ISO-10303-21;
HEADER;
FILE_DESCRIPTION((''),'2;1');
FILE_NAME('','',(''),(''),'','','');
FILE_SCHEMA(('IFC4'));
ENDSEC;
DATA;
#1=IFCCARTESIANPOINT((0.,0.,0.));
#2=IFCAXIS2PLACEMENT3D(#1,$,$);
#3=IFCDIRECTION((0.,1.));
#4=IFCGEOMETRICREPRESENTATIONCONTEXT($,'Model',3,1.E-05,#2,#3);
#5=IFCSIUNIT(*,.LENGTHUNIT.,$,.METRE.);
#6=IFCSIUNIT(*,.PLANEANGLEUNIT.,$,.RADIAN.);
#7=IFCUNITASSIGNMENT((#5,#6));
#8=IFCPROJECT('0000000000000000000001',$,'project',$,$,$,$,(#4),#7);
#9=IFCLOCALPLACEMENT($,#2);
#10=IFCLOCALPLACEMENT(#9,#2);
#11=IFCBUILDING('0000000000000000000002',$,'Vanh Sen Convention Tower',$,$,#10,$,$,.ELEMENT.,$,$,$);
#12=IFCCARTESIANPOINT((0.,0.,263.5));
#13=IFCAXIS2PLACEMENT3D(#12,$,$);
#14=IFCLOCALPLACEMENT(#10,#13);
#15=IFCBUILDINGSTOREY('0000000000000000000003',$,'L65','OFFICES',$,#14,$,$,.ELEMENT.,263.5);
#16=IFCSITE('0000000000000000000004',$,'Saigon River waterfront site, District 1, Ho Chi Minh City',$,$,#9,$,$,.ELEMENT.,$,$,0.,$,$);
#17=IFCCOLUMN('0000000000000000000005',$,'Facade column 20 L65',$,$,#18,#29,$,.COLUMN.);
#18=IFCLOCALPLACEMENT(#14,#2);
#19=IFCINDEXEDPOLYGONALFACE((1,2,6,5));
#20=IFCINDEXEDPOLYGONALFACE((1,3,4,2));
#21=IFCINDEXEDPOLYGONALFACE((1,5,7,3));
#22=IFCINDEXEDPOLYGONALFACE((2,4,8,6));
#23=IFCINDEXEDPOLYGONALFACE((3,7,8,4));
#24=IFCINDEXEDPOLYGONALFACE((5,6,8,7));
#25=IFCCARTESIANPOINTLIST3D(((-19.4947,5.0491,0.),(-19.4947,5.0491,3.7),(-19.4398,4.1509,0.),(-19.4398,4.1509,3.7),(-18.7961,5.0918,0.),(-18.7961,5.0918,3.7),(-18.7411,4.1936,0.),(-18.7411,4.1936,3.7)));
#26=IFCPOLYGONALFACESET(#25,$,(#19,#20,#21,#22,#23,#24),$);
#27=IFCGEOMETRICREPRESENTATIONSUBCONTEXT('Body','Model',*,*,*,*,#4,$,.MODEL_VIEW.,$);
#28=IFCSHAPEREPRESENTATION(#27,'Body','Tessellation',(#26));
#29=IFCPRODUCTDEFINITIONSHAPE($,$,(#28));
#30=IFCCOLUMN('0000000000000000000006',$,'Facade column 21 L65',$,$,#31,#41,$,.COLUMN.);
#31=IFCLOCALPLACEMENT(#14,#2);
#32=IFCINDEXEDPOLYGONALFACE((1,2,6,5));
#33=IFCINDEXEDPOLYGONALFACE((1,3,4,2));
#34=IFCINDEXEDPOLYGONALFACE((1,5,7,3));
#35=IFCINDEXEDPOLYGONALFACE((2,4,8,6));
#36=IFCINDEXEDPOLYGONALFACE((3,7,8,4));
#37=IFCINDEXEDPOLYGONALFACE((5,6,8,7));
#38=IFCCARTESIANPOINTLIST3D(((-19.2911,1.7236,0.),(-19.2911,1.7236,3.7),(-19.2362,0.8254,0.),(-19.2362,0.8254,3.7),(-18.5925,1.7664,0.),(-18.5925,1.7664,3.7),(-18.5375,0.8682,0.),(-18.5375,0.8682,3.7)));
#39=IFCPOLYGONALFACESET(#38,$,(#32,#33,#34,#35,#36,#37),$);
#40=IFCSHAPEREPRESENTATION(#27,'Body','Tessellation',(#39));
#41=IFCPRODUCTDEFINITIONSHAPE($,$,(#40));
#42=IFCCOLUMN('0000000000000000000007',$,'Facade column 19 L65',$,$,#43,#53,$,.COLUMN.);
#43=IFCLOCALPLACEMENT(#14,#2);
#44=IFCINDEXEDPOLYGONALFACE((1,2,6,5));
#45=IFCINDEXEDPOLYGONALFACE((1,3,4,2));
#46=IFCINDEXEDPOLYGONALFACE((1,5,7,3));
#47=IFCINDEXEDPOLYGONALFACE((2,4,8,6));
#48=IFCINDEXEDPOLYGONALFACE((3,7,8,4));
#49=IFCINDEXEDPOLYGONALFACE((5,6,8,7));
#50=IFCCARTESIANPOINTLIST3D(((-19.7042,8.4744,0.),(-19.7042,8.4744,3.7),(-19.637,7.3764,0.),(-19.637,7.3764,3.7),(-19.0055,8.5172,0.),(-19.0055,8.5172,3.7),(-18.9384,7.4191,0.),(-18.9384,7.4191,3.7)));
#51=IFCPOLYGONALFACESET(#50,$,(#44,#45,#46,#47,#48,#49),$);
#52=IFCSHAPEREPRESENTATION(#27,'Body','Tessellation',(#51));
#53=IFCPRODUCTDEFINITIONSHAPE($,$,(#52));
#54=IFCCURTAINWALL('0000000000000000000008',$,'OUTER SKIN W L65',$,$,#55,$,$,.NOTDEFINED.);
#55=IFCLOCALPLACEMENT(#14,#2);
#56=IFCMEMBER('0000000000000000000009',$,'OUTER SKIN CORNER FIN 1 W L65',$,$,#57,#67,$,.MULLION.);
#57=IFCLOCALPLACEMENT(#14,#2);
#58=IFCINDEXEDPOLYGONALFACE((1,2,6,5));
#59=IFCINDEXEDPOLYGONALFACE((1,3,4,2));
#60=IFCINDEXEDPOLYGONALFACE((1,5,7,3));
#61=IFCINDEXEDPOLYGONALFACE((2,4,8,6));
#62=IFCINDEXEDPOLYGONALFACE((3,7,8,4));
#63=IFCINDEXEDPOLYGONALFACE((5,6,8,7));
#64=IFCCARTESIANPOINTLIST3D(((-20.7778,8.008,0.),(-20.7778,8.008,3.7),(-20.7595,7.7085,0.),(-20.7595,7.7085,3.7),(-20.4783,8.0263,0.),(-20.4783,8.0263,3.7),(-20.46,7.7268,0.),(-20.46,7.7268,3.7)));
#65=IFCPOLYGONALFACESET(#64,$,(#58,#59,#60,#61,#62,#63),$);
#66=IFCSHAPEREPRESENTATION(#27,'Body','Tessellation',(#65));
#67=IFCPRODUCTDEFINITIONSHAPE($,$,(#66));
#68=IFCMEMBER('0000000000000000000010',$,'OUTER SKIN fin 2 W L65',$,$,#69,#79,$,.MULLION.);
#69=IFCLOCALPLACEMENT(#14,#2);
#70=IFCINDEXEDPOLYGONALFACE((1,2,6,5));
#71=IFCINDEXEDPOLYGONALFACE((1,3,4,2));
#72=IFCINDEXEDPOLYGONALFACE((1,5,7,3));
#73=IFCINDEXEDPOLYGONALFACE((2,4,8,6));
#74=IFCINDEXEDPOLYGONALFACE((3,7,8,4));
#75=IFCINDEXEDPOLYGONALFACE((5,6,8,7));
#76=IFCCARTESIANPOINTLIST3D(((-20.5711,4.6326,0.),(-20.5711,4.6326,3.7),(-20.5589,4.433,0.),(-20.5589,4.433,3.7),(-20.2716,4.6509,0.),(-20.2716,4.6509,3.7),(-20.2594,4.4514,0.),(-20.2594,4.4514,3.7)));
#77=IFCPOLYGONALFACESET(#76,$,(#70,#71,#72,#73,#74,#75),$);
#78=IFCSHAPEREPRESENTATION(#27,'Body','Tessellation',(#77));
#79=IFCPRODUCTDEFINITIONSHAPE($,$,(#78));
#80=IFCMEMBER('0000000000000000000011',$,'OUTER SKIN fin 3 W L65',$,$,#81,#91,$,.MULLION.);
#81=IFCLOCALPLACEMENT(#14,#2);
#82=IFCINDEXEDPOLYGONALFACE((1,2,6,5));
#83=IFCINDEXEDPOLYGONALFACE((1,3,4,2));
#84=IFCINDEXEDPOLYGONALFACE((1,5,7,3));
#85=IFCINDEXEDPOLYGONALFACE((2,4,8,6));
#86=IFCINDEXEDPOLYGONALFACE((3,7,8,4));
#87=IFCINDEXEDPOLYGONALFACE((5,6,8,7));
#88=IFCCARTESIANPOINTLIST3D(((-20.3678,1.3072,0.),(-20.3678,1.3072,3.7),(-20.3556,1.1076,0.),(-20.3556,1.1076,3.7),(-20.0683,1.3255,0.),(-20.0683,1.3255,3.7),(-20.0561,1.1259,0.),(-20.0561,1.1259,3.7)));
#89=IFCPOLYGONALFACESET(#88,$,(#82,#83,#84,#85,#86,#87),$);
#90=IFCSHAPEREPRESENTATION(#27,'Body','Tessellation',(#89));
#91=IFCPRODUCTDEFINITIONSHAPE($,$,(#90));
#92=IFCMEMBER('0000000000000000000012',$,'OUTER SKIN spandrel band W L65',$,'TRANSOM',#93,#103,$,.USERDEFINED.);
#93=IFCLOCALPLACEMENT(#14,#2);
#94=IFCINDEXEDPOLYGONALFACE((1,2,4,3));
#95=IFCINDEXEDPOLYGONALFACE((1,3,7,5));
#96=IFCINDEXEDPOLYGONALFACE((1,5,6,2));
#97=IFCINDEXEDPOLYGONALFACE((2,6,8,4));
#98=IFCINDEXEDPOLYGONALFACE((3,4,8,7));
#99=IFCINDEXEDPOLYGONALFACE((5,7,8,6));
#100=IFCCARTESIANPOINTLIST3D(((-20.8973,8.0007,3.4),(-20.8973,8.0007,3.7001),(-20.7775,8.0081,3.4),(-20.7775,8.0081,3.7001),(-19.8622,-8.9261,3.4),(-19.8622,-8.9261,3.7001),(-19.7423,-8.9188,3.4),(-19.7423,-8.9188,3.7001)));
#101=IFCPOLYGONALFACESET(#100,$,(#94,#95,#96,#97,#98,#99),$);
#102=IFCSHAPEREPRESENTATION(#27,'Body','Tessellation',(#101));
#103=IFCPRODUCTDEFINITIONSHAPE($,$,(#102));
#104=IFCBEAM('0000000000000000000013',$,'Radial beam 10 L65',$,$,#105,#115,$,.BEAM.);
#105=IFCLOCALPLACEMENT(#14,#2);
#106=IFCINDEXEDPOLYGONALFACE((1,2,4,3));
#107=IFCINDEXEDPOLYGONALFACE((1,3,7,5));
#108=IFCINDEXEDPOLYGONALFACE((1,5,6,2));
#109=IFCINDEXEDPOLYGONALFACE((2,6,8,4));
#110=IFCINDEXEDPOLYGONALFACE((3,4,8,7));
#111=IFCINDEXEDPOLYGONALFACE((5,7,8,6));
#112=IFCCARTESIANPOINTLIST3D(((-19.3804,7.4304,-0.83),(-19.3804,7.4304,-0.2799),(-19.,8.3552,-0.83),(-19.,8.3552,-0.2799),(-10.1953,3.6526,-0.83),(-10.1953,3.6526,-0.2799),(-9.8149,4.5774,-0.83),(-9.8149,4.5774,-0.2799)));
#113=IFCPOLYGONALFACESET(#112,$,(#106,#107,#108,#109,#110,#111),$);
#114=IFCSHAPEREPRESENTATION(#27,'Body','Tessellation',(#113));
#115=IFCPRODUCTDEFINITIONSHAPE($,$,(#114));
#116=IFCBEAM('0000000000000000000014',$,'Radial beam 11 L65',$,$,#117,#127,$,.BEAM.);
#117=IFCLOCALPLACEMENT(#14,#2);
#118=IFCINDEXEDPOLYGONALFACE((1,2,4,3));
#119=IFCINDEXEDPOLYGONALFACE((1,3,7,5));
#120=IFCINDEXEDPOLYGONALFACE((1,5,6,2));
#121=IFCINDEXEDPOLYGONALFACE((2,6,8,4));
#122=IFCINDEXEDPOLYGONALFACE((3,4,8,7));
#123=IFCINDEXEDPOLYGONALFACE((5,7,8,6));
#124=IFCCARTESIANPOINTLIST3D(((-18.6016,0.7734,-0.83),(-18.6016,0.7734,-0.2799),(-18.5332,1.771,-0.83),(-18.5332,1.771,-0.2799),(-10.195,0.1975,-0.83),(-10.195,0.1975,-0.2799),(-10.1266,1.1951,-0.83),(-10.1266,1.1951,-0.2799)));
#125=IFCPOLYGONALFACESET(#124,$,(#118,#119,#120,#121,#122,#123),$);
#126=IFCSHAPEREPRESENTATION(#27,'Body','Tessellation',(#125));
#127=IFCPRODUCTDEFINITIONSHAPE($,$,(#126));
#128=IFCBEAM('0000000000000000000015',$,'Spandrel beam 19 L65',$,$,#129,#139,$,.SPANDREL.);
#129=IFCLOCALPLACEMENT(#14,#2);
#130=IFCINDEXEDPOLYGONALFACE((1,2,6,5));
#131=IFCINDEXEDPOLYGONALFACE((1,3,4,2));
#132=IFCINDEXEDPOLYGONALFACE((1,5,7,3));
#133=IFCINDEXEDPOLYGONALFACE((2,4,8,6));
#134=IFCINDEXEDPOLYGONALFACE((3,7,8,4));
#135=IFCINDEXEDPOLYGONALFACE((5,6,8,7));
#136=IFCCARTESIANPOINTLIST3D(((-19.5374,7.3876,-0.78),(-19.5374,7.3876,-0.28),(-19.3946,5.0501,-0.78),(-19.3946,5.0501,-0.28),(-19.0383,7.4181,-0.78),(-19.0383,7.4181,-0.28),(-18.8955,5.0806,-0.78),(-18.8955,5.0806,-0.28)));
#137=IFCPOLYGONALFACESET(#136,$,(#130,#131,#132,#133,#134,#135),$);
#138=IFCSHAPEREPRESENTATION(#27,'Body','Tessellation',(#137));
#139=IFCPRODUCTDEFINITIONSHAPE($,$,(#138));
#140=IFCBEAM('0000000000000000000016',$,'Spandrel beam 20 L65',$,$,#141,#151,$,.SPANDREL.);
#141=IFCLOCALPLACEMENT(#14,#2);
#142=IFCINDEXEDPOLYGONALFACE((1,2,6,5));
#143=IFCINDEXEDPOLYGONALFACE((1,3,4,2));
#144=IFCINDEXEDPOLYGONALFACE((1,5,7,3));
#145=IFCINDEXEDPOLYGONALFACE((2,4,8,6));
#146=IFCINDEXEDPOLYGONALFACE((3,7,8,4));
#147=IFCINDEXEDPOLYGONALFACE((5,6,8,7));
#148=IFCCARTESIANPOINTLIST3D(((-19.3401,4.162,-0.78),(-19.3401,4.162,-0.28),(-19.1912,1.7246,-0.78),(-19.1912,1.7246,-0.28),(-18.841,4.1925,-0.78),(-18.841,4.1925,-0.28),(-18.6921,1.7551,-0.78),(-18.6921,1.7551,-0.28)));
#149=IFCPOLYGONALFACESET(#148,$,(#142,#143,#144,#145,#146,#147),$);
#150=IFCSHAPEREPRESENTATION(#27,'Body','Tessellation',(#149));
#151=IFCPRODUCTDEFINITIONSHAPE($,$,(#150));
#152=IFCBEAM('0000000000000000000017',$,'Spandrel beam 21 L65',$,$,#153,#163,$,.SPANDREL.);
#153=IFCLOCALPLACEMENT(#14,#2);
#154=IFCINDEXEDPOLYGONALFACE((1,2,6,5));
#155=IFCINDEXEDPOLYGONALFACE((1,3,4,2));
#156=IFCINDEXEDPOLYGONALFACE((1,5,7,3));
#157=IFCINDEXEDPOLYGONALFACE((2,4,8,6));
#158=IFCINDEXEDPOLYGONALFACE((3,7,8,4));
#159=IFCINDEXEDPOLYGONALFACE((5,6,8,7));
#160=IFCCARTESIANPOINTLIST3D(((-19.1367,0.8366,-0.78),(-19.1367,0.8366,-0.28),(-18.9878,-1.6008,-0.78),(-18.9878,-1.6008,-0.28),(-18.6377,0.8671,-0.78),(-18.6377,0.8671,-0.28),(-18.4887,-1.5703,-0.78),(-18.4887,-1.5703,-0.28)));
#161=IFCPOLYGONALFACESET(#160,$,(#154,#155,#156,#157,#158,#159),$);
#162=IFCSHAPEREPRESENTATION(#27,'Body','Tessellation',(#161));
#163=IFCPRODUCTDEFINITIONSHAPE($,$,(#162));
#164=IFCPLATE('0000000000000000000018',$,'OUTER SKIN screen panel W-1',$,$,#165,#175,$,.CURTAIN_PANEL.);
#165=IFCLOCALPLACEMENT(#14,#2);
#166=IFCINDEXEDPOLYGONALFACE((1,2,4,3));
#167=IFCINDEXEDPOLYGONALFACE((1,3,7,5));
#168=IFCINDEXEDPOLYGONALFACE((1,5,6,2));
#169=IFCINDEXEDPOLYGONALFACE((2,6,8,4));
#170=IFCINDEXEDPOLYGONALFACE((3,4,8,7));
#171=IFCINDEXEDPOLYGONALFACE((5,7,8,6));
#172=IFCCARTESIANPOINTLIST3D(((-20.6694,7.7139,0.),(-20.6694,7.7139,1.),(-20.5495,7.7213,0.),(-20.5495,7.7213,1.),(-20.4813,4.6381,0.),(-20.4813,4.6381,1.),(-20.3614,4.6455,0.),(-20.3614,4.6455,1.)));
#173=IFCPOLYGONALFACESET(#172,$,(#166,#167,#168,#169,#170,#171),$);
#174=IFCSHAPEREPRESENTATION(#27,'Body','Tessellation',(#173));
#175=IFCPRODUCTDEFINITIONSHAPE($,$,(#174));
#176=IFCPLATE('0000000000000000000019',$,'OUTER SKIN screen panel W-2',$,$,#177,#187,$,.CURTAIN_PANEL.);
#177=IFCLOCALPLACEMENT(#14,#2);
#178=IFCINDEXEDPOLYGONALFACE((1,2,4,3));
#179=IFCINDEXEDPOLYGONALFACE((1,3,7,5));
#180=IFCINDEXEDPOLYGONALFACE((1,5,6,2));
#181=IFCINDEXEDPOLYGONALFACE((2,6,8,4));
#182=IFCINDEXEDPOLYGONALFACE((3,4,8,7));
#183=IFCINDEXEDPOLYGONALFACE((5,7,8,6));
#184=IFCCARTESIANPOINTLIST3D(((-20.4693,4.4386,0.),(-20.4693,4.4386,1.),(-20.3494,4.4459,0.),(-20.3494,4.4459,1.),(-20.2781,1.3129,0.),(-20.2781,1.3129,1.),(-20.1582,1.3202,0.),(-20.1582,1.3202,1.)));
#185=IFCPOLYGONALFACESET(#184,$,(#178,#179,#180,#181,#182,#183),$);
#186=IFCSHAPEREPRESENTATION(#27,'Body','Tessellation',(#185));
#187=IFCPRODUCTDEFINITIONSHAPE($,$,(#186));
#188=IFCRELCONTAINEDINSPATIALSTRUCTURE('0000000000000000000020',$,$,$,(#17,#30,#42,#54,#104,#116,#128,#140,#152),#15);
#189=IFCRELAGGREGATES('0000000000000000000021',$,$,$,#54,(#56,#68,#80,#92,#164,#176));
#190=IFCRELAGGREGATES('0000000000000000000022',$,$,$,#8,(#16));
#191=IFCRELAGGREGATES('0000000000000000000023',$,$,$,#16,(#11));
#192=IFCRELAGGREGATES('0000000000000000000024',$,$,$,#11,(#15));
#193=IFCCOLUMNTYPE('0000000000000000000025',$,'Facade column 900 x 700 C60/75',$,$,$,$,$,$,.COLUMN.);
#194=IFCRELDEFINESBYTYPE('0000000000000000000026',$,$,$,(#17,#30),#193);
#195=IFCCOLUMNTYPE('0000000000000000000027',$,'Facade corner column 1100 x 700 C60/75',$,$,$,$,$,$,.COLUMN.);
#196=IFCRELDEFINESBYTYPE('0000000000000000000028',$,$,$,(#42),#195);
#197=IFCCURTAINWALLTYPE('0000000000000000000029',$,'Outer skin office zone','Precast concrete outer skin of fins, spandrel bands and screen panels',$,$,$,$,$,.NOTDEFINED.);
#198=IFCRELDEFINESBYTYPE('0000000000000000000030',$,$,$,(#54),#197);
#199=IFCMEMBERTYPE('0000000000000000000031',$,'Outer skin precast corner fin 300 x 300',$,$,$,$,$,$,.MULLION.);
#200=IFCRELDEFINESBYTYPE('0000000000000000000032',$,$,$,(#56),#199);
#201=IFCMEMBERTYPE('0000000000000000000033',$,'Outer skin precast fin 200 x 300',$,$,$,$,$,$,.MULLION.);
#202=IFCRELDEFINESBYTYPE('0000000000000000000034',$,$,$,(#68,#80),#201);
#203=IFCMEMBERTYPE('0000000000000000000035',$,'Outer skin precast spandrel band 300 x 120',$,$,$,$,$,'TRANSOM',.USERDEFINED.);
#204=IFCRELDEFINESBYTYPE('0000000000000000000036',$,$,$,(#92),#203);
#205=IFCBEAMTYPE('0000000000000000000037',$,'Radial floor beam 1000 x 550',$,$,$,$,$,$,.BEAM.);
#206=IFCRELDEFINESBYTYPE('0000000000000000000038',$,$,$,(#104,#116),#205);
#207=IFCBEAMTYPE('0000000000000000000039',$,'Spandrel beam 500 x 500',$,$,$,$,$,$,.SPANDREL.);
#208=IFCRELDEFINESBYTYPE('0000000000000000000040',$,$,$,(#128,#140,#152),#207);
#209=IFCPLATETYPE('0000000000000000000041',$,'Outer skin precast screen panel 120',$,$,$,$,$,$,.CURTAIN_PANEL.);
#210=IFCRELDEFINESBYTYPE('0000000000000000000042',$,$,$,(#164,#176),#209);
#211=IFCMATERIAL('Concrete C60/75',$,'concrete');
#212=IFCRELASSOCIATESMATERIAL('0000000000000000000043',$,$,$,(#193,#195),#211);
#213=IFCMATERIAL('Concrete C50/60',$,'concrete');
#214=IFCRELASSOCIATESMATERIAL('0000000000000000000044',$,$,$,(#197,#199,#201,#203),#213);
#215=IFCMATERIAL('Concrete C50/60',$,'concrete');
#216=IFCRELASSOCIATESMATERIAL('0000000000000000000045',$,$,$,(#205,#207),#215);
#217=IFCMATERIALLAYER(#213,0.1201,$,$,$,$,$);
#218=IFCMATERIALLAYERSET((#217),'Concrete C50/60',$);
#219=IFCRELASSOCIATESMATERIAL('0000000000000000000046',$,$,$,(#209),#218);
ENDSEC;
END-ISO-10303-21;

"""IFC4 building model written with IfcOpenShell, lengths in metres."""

from ifc_helpers import new_model, si_unit, direction, frame, origin, origin_2d, place, context, subcontext, project, spatial, rectangle, extrude, material, layer, layer_set, material_profile, profile_set, type_object, element, aggregate, save


model = new_model("IFC4")

# Units and contexts
model_context = context("Model", 3, precision=1e-05, world=origin(), true_north=direction((0.0, 1.0)))
body_context = subcontext(model_context, "Body", "Model", "MODEL_VIEW")
ifc_project = project(units=[si_unit("LENGTHUNIT", "METRE"), si_unit("PLANEANGLEUNIT", "RADIAN")], contexts=[model_context])

# Site, building, storey
site_placement = place(None, origin())
site = spatial("IfcSite", under=ifc_project, at=site_placement, Name="Saigon River waterfront site, District 1, Ho Chi Minh City", CompositionType="ELEMENT", RefElevation=0.0)
building_placement = place(site_placement, origin())
building = spatial("IfcBuilding", under=site, at=building_placement, Name="Vanh Sen Convention Tower", CompositionType="ELEMENT")
storey_placement = place(building_placement, frame((0.0, 0.0, 263.5)))
storey = spatial("IfcBuildingStorey", under=building, at=storey_placement, Name="L65", Description="OFFICES", CompositionType="ELEMENT", Elevation=263.5)

# Columns
ifc_material_1 = material(Name="Concrete C60/75", Category="concrete")
ifc_material_profile_1 = material_profile(ifc_material_1, rectangle(XDim=0.8999, YDim=0.7, at=origin_2d()), Name="RC 900X700")
ifc_profile_set_1 = profile_set([ifc_material_profile_1], Name="Concrete C60/75")
column_type_1 = type_object("IfcColumnType", Name="Facade column 900 x 700 C60/75", PredefinedType="COLUMN", material=ifc_profile_set_1)
for number, where, z_axis, x_axis, name in (
    (1, (-19.1179, 4.6213, 0.0), (0.0, 0.0, 1.0), (0.061049, -0.998135, 0.0), "Facade column 20 L65"),
    (2, (-18.9143, 1.2959, 0.0), (0.0, 0.0, 1.0), (0.061049, -0.998135, 0.0), "Facade column 21 L65"),
):
    element("IfcColumn", number, at=place(storey_placement, frame(where, z_axis=z_axis, x_axis=x_axis)), inside=storey, type_object=column_type_1, Name=name, PredefinedType="COLUMN", context=body_context, shape_type="SweptSolid", body=[
        extrude(rectangle(XDim=0.8999, YDim=0.7, at=origin_2d()), origin(), (0.0, 0.0, 1.0), 3.7),
    ])
ifc_material_profile_2 = material_profile(ifc_material_1, rectangle(XDim=1.1001, YDim=0.7, at=origin_2d()), Name="RC 1100X700")
ifc_profile_set_2 = profile_set([ifc_material_profile_2], Name="Concrete C60/75")
column_type_2 = type_object("IfcColumnType", Name="Facade corner column 1100 x 700 C60/75", PredefinedType="COLUMN", material=ifc_profile_set_2)
column_placement = place(storey_placement, frame((-19.3213, 7.9468, 0.0), z_axis=(0.0, 0.0, 1.0), x_axis=(0.061049, -0.998135, 0.0)))
element("IfcColumn", 3, at=column_placement, inside=storey, type_object=column_type_2, Name="Facade column 19 L65", PredefinedType="COLUMN", context=body_context, shape_type="SweptSolid", body=[
    extrude(rectangle(XDim=1.1001, YDim=0.7, at=origin_2d()), origin(), (0.0, 0.0, 1.0), 3.7),
])

# Curtain wall, members
ifc_material_2 = material(Name="Concrete C50/60", Category="concrete")
curtain_wall_type = type_object("IfcCurtainWallType", Name="Outer skin office zone", Description="Precast concrete outer skin of fins, spandrel bands and screen panels", PredefinedType="NOTDEFINED", material=ifc_material_2)
curtain_wall_placement = place(storey_placement, origin())
curtain_wall = element("IfcCurtainWall", 4, at=curtain_wall_placement, inside=storey, type_object=curtain_wall_type, Name="OUTER SKIN W L65", PredefinedType="NOTDEFINED")
ifc_material_profile_3 = material_profile(ifc_material_2, rectangle(XDim=0.3, YDim=0.3, at=origin_2d()), Name="Outer skin precast corner fin 300 x 300")
ifc_profile_set_3 = profile_set([ifc_material_profile_3], Name="Concrete C50/60")
member_type_1 = type_object("IfcMemberType", Name="Outer skin precast corner fin 300 x 300", PredefinedType="MULLION", material=ifc_profile_set_3)
member_1_placement = place(storey_placement, frame((-20.6189, 7.8674, 0.0), z_axis=(0.0, 0.0, 1.0), x_axis=(0.061049, -0.998135, 0.0)))
member_1 = element("IfcMember", 5, at=member_1_placement, type_object=member_type_1, Name="OUTER SKIN CORNER FIN 1 W L65", PredefinedType="MULLION", context=body_context, shape_type="SweptSolid", body=[
    extrude(rectangle(XDim=0.3, YDim=0.3, at=origin_2d()), origin(), (0.0, 0.0, 1.0), 3.7),
])
ifc_material_profile_4 = material_profile(ifc_material_2, rectangle(XDim=0.2, YDim=0.3, at=origin_2d()), Name="Outer skin precast fin 200 x 300")
ifc_profile_set_4 = profile_set([ifc_material_profile_4], Name="Concrete C50/60")
member_type_2 = type_object("IfcMemberType", Name="Outer skin precast fin 200 x 300", PredefinedType="MULLION", material=ifc_profile_set_4)
member_2_placement = place(storey_placement, frame((-20.4153, 4.542, 0.0), z_axis=(0.0, 0.0, 1.0), x_axis=(0.061049, -0.998135, 0.0)))
member_2 = element("IfcMember", 6, at=member_2_placement, type_object=member_type_2, Name="OUTER SKIN fin 2 W L65", PredefinedType="MULLION", context=body_context, shape_type="SweptSolid", body=[
    extrude(rectangle(XDim=0.2, YDim=0.3, at=origin_2d()), origin(), (0.0, 0.0, 1.0), 3.7),
])
member_3_placement = place(storey_placement, frame((-20.2119, 1.2166, 0.0), z_axis=(0.0, 0.0, 1.0), x_axis=(0.061049, -0.998135, 0.0)))
member_3 = element("IfcMember", 7, at=member_3_placement, type_object=member_type_2, Name="OUTER SKIN fin 3 W L65", PredefinedType="MULLION", context=body_context, shape_type="SweptSolid", body=[
    extrude(rectangle(XDim=0.2, YDim=0.3, at=origin_2d()), origin(), (0.0, 0.0, 1.0), 3.7),
])
ifc_material_profile_5 = material_profile(ifc_material_2, rectangle(XDim=0.1201, YDim=0.3, at=origin_2d()), Name="Outer skin precast spandrel band 300 x 120")
ifc_profile_set_5 = profile_set([ifc_material_profile_5], Name="Concrete C50/60")
member_type_3 = type_object("IfcMemberType", Name="Outer skin precast spandrel band 300 x 120", ElementType="TRANSOM", PredefinedType="USERDEFINED", material=ifc_profile_set_5)
member_4_placement = place(storey_placement, frame((-20.8374, 8.0044, 3.55), z_axis=(0.061041, -0.998135, 0.0), x_axis=(0.998135, 0.061041, 0.0)))
member_4 = element("IfcMember", 8, at=member_4_placement, type_object=member_type_3, Name="OUTER SKIN spandrel band W L65", ObjectType="TRANSOM", PredefinedType="USERDEFINED", context=body_context, shape_type="SweptSolid", body=[
    extrude(rectangle(XDim=0.1201, YDim=0.3, at=origin_2d()), origin(), (0.0, 0.0, 1.0), 16.9585),
])

# Beams
ifc_material_3 = material(Name="Concrete C50/60", Category="concrete")
ifc_material_profile_6 = material_profile(ifc_material_3, rectangle(XDim=1.0, YDim=0.55, at=origin_2d()), Name="RC 1000X550")
ifc_profile_set_6 = profile_set([ifc_material_profile_6], Name="Concrete C50/60")
beam_type_1 = type_object("IfcBeamType", Name="Radial floor beam 1000 x 550", PredefinedType="BEAM", material=ifc_profile_set_6)
beam_1_placement = place(storey_placement, frame((-19.1902, 7.8928, -0.5549), z_axis=(0.924829, -0.380384, 0.0), x_axis=(0.380384, 0.924829, 0.0)))
element("IfcBeam", 9, at=beam_1_placement, inside=storey, type_object=beam_type_1, Name="Radial beam 10 L65", PredefinedType="BEAM", context=body_context, shape_type="SweptSolid", body=[
    extrude(rectangle(XDim=1.0, YDim=0.55, at=origin_2d()), origin(), (0.0, 0.0, 1.0), 9.9316),
])
beam_2_placement = place(storey_placement, frame((-18.5674, 1.2722, -0.5549), z_axis=(0.997661, -0.06835, 0.0), x_axis=(0.06835, 0.997661, 0.0)))
element("IfcBeam", 10, at=beam_2_placement, inside=storey, type_object=beam_type_1, Name="Radial beam 11 L65", PredefinedType="BEAM", context=body_context, shape_type="SweptSolid", body=[
    extrude(rectangle(XDim=1.0, YDim=0.55, at=origin_2d()), origin(), (0.0, 0.0, 1.0), 8.4263),
])
ifc_material_profile_7 = material_profile(ifc_material_3, rectangle(XDim=0.5, YDim=0.5, at=origin_2d()), Name="RC 500X500")
ifc_profile_set_7 = profile_set([ifc_material_profile_7], Name="Concrete C50/60")
beam_type_2 = type_object("IfcBeamType", Name="Spandrel beam 500 x 500", PredefinedType="SPANDREL", material=ifc_profile_set_7)
beam_3_placement = place(storey_placement, frame((-19.2878, 7.4028, -0.53), z_axis=(0.060989, -0.998138, 0.0), x_axis=(0.998138, 0.060989, 0.0)))
element("IfcBeam", 11, at=beam_3_placement, inside=storey, type_object=beam_type_2, Name="Spandrel beam 19 L65", PredefinedType="SPANDREL", context=body_context, shape_type="SweptSolid", body=[
    extrude(rectangle(XDim=0.5, YDim=0.5, at=origin_2d()), origin(), (0.0, 0.0, 1.0), 2.3418),
])
for number, where, z_axis, x_axis, name in (
    (12, (-19.0906, 4.1772, -0.53), (0.06099, -0.998138, 0.0), (0.998138, 0.06099, 0.0), "Spandrel beam 20 L65"),
    (13, (-18.8872, 0.8518, -0.53), (0.06099, -0.998138, 0.0), (0.998138, 0.06099, 0.0), "Spandrel beam 21 L65"),
):
    element("IfcBeam", number, at=place(storey_placement, frame(where, z_axis=z_axis, x_axis=x_axis)), inside=storey, type_object=beam_type_2, Name=name, PredefinedType="SPANDREL", context=body_context, shape_type="SweptSolid", body=[
        extrude(rectangle(XDim=0.5, YDim=0.5, at=origin_2d()), origin(), (0.0, 0.0, 1.0), 2.4419),
    ])

# Plates
ifc_layer_1 = layer(ifc_material_2, 0.1201)
ifc_layer_set_1 = layer_set([ifc_layer_1], Name="Concrete C50/60")
plate_type = type_object("IfcPlateType", Name="Outer skin precast screen panel 120", PredefinedType="CURTAIN_PANEL", material=ifc_layer_set_1)
plate_1_placement = place(storey_placement, frame((-20.5154, 6.1797, 0.0), z_axis=(0.0, 0.0, 1.0), x_axis=(0.061052, -0.998135, 0.0)))
plate_1 = element("IfcPlate", 14, at=plate_1_placement, type_object=plate_type, Name="OUTER SKIN screen panel W-1", PredefinedType="CURTAIN_PANEL", context=body_context, shape_type="SweptSolid", body=[
    extrude(rectangle(XDim=3.0815, YDim=0.1201, at=origin_2d()), origin(), (0.0, 0.0, 1.0), 1.0),
])
plate_2_placement = place(storey_placement, frame((-20.3137, 2.8794, 0.0), z_axis=(0.0, 0.0, 1.0), x_axis=(0.06105, -0.998135, 0.0)))
plate_2 = element("IfcPlate", 15, at=plate_2_placement, type_object=plate_type, Name="OUTER SKIN screen panel W-2", PredefinedType="CURTAIN_PANEL", context=body_context, shape_type="SweptSolid", body=[
    extrude(rectangle(XDim=3.1316, YDim=0.1201, at=origin_2d()), origin(), (0.0, 0.0, 1.0), 1.0),
])
aggregate(curtain_wall, [member_1, member_2, member_3, member_4, plate_1, plate_2])

save(model, "model.ifc")
